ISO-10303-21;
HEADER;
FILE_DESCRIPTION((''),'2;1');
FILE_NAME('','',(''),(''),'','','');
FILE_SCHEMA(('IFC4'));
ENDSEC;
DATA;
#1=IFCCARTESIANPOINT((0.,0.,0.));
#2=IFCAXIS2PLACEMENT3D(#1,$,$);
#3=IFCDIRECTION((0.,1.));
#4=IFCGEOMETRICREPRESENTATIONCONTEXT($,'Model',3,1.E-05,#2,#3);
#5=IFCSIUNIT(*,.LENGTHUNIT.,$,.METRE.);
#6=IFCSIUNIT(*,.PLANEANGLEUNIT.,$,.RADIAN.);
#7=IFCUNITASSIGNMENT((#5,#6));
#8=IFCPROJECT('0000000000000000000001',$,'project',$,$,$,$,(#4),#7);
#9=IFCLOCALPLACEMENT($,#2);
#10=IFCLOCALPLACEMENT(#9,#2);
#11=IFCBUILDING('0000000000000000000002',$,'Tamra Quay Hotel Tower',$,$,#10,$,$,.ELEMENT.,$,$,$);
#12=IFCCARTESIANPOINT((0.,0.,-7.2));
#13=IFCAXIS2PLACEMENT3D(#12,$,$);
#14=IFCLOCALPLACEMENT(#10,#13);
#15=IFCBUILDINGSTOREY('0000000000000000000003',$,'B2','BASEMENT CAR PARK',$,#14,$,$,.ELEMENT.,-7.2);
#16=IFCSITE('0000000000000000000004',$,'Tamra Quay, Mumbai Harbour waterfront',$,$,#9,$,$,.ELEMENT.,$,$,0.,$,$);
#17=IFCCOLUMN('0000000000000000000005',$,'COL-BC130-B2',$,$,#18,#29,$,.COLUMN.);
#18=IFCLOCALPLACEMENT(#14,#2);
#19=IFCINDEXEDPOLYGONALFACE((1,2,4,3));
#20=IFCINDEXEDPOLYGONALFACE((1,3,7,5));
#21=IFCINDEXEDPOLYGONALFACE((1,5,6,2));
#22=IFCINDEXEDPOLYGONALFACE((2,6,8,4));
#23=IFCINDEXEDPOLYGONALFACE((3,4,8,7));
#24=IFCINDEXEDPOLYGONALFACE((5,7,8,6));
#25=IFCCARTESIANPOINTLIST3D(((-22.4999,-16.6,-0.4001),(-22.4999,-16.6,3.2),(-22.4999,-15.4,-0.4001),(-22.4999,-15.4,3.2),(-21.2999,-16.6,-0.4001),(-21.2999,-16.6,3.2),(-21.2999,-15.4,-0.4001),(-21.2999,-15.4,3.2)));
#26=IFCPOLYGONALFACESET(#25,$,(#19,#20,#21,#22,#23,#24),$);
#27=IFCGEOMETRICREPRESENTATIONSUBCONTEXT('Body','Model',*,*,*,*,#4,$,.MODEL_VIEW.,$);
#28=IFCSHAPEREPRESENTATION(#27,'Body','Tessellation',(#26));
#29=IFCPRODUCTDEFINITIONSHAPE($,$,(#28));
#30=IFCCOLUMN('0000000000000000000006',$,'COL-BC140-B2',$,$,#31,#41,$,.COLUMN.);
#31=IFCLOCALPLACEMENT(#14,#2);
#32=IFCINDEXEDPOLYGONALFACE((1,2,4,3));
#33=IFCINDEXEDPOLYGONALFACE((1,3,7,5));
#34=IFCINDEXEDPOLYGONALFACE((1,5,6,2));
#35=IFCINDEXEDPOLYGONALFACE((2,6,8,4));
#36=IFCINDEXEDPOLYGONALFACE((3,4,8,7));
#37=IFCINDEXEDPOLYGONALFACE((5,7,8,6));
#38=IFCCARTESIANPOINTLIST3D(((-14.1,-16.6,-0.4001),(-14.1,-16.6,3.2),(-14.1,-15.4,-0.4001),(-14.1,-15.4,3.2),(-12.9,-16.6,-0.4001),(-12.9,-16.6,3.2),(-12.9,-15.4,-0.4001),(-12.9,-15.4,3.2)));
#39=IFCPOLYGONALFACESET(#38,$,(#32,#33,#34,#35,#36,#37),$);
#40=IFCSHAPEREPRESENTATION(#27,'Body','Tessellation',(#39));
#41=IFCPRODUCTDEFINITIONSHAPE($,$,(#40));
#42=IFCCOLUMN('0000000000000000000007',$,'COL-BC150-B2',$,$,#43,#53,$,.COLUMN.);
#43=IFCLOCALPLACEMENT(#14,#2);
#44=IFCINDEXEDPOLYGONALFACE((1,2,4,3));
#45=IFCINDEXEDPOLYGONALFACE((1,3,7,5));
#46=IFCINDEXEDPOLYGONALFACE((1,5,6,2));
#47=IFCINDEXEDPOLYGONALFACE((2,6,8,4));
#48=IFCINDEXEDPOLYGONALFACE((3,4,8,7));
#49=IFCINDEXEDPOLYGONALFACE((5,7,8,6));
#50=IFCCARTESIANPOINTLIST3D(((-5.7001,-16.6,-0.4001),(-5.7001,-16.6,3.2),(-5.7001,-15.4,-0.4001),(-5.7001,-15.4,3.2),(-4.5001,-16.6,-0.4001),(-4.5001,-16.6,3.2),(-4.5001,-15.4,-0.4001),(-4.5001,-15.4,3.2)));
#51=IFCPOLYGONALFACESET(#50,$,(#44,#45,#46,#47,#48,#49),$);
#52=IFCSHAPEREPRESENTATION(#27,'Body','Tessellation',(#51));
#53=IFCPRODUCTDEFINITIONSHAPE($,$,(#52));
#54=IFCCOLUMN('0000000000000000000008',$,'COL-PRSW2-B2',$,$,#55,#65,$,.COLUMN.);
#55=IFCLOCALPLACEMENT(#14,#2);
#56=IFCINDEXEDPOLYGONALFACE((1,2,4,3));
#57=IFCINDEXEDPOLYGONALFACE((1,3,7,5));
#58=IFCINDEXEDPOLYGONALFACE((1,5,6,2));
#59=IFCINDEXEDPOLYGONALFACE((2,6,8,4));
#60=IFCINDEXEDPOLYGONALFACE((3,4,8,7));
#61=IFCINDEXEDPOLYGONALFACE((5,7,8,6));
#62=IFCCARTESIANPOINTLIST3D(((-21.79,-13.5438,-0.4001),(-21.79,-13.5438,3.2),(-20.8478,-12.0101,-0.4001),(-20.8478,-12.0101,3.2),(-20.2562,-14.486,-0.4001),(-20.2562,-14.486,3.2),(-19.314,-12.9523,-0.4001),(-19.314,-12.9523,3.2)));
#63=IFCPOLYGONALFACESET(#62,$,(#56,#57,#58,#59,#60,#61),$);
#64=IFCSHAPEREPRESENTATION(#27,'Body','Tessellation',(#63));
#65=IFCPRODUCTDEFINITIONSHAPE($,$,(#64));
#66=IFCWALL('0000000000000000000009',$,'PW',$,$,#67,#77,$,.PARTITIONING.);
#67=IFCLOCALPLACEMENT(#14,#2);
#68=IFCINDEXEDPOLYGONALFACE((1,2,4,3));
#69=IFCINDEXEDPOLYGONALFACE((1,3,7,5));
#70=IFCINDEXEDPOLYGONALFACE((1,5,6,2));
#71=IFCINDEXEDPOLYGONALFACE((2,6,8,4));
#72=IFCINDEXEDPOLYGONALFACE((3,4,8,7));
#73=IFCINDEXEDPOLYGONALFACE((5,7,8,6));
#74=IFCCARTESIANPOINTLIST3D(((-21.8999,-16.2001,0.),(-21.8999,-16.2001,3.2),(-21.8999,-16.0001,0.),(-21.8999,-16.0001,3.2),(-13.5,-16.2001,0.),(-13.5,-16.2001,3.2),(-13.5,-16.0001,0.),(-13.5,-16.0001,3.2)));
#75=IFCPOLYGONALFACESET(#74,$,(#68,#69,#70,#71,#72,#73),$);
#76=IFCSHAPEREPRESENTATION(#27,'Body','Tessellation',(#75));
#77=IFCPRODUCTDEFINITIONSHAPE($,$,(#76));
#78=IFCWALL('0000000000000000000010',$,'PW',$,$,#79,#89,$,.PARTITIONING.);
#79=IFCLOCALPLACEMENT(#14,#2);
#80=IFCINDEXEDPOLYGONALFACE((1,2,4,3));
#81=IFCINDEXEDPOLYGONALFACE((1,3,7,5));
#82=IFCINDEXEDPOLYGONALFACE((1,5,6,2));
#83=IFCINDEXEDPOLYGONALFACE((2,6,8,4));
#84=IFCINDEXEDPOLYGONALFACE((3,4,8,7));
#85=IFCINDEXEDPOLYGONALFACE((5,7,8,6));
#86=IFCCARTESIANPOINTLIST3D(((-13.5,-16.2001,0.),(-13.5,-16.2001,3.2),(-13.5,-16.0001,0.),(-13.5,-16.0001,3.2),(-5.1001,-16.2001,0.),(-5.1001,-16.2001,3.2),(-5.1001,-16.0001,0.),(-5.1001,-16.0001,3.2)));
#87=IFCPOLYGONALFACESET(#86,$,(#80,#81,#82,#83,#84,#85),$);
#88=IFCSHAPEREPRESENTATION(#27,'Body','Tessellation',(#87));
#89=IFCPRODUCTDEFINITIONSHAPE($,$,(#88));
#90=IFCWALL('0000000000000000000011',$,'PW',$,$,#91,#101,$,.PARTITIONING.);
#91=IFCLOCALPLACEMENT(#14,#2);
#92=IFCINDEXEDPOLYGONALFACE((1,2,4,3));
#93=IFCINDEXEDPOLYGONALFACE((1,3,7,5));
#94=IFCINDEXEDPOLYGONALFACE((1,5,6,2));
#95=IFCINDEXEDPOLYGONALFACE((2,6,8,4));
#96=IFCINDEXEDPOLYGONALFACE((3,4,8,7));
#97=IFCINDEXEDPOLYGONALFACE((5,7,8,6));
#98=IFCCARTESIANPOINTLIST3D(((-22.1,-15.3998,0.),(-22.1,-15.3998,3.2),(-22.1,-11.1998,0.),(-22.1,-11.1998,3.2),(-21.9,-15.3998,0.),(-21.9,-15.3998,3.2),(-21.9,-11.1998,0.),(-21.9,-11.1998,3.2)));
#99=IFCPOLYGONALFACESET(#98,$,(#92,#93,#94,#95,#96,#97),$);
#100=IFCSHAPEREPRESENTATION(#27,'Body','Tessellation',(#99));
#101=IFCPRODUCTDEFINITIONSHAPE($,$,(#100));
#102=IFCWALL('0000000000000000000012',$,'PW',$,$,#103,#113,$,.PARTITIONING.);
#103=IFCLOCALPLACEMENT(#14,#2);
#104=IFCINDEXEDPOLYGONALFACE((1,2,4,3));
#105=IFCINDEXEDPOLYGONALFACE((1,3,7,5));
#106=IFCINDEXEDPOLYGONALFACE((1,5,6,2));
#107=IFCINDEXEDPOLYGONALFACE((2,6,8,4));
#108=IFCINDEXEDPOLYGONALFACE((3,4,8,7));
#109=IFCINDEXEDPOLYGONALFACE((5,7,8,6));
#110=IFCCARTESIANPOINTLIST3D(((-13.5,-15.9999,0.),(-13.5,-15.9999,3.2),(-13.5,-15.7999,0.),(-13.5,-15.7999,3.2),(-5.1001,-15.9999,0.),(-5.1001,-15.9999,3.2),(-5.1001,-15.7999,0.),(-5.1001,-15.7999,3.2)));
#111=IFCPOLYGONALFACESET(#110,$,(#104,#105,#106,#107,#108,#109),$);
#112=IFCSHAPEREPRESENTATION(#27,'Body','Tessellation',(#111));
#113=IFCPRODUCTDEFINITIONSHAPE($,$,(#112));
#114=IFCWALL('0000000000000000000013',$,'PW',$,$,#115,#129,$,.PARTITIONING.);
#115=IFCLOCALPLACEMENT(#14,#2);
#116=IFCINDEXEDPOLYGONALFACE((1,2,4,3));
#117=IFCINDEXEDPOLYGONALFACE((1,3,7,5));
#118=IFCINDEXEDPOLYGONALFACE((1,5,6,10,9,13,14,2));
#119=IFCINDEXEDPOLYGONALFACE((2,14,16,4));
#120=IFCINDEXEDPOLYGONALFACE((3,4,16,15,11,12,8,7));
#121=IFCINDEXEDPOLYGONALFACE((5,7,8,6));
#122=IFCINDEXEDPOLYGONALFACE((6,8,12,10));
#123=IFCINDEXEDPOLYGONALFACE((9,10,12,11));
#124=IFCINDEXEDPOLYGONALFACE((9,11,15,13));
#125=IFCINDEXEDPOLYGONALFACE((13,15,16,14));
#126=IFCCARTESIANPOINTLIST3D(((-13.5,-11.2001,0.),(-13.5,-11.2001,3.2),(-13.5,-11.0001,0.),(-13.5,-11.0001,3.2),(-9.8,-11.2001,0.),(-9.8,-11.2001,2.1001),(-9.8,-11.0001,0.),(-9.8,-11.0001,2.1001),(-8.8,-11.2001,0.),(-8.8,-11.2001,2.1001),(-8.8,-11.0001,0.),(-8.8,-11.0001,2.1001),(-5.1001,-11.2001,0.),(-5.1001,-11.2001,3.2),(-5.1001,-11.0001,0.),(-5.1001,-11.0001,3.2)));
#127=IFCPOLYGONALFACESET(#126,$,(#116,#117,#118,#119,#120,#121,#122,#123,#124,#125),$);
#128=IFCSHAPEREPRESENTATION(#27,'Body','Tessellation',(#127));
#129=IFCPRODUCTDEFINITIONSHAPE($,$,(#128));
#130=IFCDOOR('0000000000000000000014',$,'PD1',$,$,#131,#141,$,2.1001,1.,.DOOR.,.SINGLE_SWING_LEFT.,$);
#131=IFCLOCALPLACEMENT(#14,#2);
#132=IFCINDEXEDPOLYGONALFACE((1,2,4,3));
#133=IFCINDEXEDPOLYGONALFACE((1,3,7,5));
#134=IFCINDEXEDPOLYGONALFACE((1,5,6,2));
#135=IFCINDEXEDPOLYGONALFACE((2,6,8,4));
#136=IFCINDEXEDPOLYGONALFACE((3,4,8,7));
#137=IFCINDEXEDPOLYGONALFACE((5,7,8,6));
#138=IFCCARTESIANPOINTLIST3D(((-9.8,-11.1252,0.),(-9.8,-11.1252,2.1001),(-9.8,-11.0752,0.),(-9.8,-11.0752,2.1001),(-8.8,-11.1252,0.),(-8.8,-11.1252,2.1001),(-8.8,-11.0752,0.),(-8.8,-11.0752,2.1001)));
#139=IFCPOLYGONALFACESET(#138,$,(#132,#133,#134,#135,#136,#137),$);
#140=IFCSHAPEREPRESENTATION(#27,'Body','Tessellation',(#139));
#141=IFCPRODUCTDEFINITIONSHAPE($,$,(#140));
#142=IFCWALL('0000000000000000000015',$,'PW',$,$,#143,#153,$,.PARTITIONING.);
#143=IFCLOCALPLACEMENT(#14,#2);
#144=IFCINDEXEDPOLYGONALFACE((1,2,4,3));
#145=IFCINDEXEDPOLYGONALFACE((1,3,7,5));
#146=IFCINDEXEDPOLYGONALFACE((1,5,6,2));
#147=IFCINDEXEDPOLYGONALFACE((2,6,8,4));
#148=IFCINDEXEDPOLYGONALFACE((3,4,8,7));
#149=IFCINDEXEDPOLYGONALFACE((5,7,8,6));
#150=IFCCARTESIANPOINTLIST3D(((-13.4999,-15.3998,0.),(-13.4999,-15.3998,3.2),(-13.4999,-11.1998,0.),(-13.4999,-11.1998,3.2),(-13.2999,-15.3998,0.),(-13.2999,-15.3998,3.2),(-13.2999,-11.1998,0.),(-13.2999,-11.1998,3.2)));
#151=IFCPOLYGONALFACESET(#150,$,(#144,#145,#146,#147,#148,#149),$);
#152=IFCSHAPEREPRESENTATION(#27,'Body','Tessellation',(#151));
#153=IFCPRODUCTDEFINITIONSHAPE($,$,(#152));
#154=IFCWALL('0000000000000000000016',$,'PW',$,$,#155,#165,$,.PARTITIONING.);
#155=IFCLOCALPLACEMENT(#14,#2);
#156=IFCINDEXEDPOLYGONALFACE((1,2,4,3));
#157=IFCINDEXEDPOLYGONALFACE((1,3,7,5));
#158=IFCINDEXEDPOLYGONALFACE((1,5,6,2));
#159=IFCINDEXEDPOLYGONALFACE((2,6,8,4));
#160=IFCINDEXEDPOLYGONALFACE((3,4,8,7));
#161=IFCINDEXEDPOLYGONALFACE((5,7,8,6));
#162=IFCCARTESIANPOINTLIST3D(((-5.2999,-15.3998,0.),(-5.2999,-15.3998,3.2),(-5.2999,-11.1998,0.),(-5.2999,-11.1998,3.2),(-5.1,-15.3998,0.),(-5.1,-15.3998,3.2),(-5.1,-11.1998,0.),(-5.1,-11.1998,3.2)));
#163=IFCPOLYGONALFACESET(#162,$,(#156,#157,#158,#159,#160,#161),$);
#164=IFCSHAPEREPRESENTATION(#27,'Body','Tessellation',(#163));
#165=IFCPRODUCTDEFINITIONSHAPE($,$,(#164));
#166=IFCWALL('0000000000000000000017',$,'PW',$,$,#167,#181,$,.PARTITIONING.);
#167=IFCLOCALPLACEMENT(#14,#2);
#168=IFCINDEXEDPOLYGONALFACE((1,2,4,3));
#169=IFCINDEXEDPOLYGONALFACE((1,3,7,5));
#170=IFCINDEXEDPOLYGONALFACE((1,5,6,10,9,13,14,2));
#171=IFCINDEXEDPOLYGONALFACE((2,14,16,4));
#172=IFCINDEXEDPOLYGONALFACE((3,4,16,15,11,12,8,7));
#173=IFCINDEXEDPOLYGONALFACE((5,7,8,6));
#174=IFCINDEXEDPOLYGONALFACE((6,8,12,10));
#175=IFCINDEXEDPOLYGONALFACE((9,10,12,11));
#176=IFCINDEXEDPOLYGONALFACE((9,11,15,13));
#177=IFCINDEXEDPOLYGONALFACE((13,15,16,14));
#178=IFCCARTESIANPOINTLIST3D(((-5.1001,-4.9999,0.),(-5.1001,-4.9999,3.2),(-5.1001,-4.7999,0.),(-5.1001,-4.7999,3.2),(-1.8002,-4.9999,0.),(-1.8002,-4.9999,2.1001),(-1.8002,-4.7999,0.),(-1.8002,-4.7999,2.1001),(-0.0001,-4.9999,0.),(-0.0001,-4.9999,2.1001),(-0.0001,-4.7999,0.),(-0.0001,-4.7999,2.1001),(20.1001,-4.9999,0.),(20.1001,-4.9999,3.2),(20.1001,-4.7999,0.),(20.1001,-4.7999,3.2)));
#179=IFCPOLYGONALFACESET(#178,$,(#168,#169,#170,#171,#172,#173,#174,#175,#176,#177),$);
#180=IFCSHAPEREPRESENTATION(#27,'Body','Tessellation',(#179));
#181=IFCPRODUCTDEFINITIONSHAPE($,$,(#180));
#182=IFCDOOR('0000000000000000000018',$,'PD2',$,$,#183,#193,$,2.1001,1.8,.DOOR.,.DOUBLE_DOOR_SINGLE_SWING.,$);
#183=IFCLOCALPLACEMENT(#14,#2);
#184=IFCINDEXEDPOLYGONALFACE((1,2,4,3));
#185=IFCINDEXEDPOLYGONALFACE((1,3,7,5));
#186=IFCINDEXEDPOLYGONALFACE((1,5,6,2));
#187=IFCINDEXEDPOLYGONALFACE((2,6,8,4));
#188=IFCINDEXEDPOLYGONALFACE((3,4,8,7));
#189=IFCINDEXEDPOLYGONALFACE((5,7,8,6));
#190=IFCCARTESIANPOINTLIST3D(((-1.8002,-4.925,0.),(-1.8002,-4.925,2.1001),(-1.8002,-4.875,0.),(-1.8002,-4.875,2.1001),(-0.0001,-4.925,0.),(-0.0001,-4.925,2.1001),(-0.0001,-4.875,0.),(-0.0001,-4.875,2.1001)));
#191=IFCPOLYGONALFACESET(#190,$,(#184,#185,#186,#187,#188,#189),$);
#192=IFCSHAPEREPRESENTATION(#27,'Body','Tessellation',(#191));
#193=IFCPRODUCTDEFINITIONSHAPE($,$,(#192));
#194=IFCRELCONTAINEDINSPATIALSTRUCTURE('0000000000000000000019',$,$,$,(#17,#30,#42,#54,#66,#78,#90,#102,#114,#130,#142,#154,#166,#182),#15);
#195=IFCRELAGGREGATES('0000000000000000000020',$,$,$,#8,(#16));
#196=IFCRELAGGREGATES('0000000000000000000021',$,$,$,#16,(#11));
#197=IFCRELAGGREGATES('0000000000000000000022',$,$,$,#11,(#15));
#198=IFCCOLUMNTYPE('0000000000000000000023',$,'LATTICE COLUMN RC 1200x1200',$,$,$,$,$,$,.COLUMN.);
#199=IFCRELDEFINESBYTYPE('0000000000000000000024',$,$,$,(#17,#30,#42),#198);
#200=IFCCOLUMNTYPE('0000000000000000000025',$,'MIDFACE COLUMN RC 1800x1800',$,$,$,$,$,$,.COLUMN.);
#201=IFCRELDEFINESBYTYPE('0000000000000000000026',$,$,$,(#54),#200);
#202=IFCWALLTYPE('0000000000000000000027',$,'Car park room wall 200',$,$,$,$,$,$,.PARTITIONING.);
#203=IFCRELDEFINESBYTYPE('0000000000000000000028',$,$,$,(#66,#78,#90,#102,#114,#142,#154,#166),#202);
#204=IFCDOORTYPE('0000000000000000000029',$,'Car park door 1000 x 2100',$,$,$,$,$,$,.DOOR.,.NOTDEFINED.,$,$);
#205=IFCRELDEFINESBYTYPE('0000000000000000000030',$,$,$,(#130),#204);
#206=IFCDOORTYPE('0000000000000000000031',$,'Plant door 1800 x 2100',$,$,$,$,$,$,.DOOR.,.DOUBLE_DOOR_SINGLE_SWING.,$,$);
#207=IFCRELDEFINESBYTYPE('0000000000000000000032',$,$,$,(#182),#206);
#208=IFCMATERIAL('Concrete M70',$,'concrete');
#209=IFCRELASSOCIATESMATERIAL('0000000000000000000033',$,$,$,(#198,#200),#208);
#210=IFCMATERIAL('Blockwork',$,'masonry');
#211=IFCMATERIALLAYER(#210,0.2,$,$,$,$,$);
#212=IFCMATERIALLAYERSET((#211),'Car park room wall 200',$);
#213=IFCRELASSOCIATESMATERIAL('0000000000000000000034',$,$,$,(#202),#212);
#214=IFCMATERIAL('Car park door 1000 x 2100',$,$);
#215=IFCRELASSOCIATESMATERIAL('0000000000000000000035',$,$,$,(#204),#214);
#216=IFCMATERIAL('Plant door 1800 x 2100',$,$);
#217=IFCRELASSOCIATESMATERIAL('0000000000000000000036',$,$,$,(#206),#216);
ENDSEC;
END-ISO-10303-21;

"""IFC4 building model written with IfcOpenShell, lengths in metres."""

from ifc_helpers import new_model, si_unit, direction, frame, frame_2d, origin, origin_2d, place, context, subcontext, project, spatial, rectangle, extrude, material, layer, layer_set, material_profile, profile_set, type_object, element, fill, save


model = new_model("IFC4")

# Units and contexts
model_context = context("Model", 3, precision=1e-05, world=origin(), true_north=direction((0.0, 1.0)))
body_context = subcontext(model_context, "Body", "Model", "MODEL_VIEW")
ifc_project = project(units=[si_unit("LENGTHUNIT", "METRE"), si_unit("PLANEANGLEUNIT", "RADIAN")], contexts=[model_context])

# Site, building, storey
site_placement = place(None, origin())
site = spatial("IfcSite", under=ifc_project, at=site_placement, Name="Tamra Quay, Mumbai Harbour waterfront", CompositionType="ELEMENT", RefElevation=0.0)
building_placement = place(site_placement, origin())
building = spatial("IfcBuilding", under=site, at=building_placement, Name="Tamra Quay Hotel Tower", CompositionType="ELEMENT")
storey_placement = place(building_placement, frame((0.0, 0.0, -7.2)))
storey = spatial("IfcBuildingStorey", under=building, at=storey_placement, Name="B2", Description="BASEMENT CAR PARK", CompositionType="ELEMENT", Elevation=-7.2)

# Columns
ifc_material_1 = material(Name="Concrete M70", Category="concrete")
ifc_material_profile_1 = material_profile(ifc_material_1, rectangle(XDim=1.2, YDim=1.2, at=origin_2d()), Name="LATTICE COLUMN RC 1200x1200")
ifc_profile_set_1 = profile_set([ifc_material_profile_1], Name="Concrete M70")
column_type_1 = type_object("IfcColumnType", Name="LATTICE COLUMN RC 1200x1200", PredefinedType="COLUMN", material=ifc_profile_set_1)
for number, where, z_axis, x_axis, name in (
    (1, (-21.8999, -16.0, -0.4001), (0.0, 0.0, 1.0), (1.0, 0.0, 0.0), "COL-BC130-B2"),
    (2, (-13.5, -16.0, -0.4001), (0.0, 0.0, 1.0), (1.0, 0.0, 0.0), "COL-BC140-B2"),
    (3, (-5.1001, -16.0, -0.4001), (0.0, 0.0, 1.0), (1.0, 0.0, 0.0), "COL-BC150-B2"),
):
    element("IfcColumn", number, at=place(storey_placement, frame(where, z_axis=z_axis, x_axis=x_axis)), inside=storey, type_object=column_type_1, Name=name, PredefinedType="COLUMN", context=body_context, shape_type="SweptSolid", body=[
        extrude(rectangle(XDim=1.2, YDim=1.2, at=origin_2d()), origin(), (0.0, 0.0, 1.0), 3.6001),
    ])
ifc_material_profile_2 = material_profile(ifc_material_1, rectangle(XDim=1.8, YDim=1.8, at=origin_2d()), Name="MIDFACE COLUMN RC 1800x1800")
ifc_profile_set_2 = profile_set([ifc_material_profile_2], Name="Concrete M70")
column_type_2 = type_object("IfcColumnType", Name="MIDFACE COLUMN RC 1800x1800", PredefinedType="COLUMN", material=ifc_profile_set_2)
column_placement = place(storey_placement, frame((-20.552, -13.248, -0.4001), z_axis=(0.0, 0.0, 1.0), x_axis=(0.52343, 0.852069, 0.0)))
element("IfcColumn", 4, at=column_placement, inside=storey, type_object=column_type_2, Name="COL-PRSW2-B2", PredefinedType="COLUMN", context=body_context, shape_type="SweptSolid", body=[
    extrude(rectangle(XDim=1.8, YDim=1.8, at=origin_2d()), origin(), (0.0, 0.0, 1.0), 3.6001),
])

# Walls
ifc_material_2 = material(Name="Blockwork", Category="masonry")
ifc_layer_1 = layer(ifc_material_2, 0.2)
ifc_layer_set_1 = layer_set([ifc_layer_1], Name="Car park room wall 200")
wall_type_1 = type_object("IfcWallType", Name="Car park room wall 200", PredefinedType="PARTITIONING", material=ifc_layer_set_1)
for number, where, z_axis, x_axis, name in (
    (5, (-21.8999, -16.1001, 0.0), (0.0, 0.0, 1.0), (1.0, 0.0, 0.0), "PW"),
    (6, (-13.5, -16.1001, 0.0), (0.0, 0.0, 1.0), (1.0, 0.0, 0.0), "PW"),
):
    element("IfcWall", number, at=place(storey_placement, frame(where, z_axis=z_axis, x_axis=x_axis)), inside=storey, type_object=wall_type_1, Name=name, PredefinedType="PARTITIONING", context=body_context, shape_type="SweptSolid", body=[
        extrude(rectangle(XDim=8.3999, YDim=0.2, at=frame_2d((4.2, 0.0))), origin(), (0.0, 0.0, 1.0), 3.2),
    ])
wall_1_placement = place(storey_placement, frame((-22.0, -15.3999, 0.0), z_axis=(0.0, 0.0, 1.0), x_axis=(0.0, 1.0, 0.0)))
element("IfcWall", 7, at=wall_1_placement, inside=storey, type_object=wall_type_1, Name="PW", PredefinedType="PARTITIONING", context=body_context, shape_type="SweptSolid", body=[
    extrude(rectangle(XDim=4.2, YDim=0.2, at=frame_2d((2.1001, 0.0))), origin(), (0.0, 0.0, 1.0), 3.2),
])
wall_2_placement = place(storey_placement, frame((-13.5, -15.8999, 0.0), z_axis=(0.0, 0.0, 1.0), x_axis=(1.0, 0.0, 0.0)))
element("IfcWall", 8, at=wall_2_placement, inside=storey, type_object=wall_type_1, Name="PW", PredefinedType="PARTITIONING", context=body_context, shape_type="SweptSolid", body=[
    extrude(rectangle(XDim=8.3999, YDim=0.2, at=frame_2d((4.2, 0.0))), origin(), (0.0, 0.0, 1.0), 3.2),
])

# Wall, opening, door
wall_3_placement = place(storey_placement, frame((-13.5, -11.1001, 0.0), z_axis=(0.0, 0.0, 1.0), x_axis=(1.0, 0.0, 0.0)))
wall_3 = element("IfcWall", 9, at=wall_3_placement, inside=storey, type_object=wall_type_1, Name="PW", PredefinedType="PARTITIONING", context=body_context, shape_type="SweptSolid", body=[
    extrude(rectangle(XDim=8.3999, YDim=0.2, at=frame_2d((4.2, 0.0))), origin(), (0.0, 0.0, 1.0), 3.2),
])
opening_1_placement = place(wall_3_placement, frame((3.7, 0.0, 0.0)))
opening_1 = element("IfcOpeningElement", 10, at=opening_1_placement, cuts=wall_3, PredefinedType="OPENING", context=body_context, shape_type="SweptSolid", body=[
    extrude(rectangle(XDim=1.0, YDim=2.1001, at=frame_2d((0.5, 1.05))), frame((0.0, 0.1099, 0.0), z_axis=(0.0, -1.0, 0.0), x_axis=(1.0, 0.0, 0.0)), (0.0, 0.0, 1.0), 0.22),
])
ifc_material_3 = material(Name="Car park door 1000 x 2100")
door_type_1 = type_object("IfcDoorType", Name="Car park door 1000 x 2100", OperationType="NOTDEFINED", PredefinedType="DOOR", material=ifc_material_3)
door_1_placement = place(opening_1_placement, origin())
door_1 = element("IfcDoor", 11, at=door_1_placement, inside=storey, type_object=door_type_1, Name="PD1", OperationType="SINGLE_SWING_LEFT", OverallHeight=2.1001, OverallWidth=1.0, PredefinedType="DOOR", context=body_context, shape_type="SweptSolid", body=[
    extrude(rectangle(XDim=1.0, YDim=2.1001, at=frame_2d((0.5, 1.05))), frame((0.0, 0.0249, 0.0), z_axis=(0.0, -1.0, 0.0), x_axis=(1.0, 0.0, 0.0)), (0.0, 0.0, 1.0), 0.05),
])
fill(opening_1, door_1)

# Walls
for number, where, z_axis, x_axis, name in (
    (12, (-13.3999, -15.3999, 0.0), (0.0, 0.0, 1.0), (0.0, 1.0, 0.0), "PW"),
    (13, (-5.2, -15.3999, 0.0), (0.0, 0.0, 1.0), (0.0, 1.0, 0.0), "PW"),
):
    element("IfcWall", number, at=place(storey_placement, frame(where, z_axis=z_axis, x_axis=x_axis)), inside=storey, type_object=wall_type_1, Name=name, PredefinedType="PARTITIONING", context=body_context, shape_type="SweptSolid", body=[
        extrude(rectangle(XDim=4.2, YDim=0.2, at=frame_2d((2.1001, 0.0))), origin(), (0.0, 0.0, 1.0), 3.2),
    ])

# Wall, opening, door
wall_4_placement = place(storey_placement, frame((-5.1001, -4.8999, 0.0), z_axis=(0.0, 0.0, 1.0), x_axis=(1.0, 0.0, 0.0)))
wall_4 = element("IfcWall", 14, at=wall_4_placement, inside=storey, type_object=wall_type_1, Name="PW", PredefinedType="PARTITIONING", context=body_context, shape_type="SweptSolid", body=[
    extrude(rectangle(XDim=25.2002, YDim=0.2, at=frame_2d((12.6001, 0.0))), origin(), (0.0, 0.0, 1.0), 3.2),
])
opening_2_placement = place(wall_4_placement, frame((3.3, 0.0, 0.0)))
opening_2 = element("IfcOpeningElement", 15, at=opening_2_placement, cuts=wall_4, PredefinedType="OPENING", context=body_context, shape_type="SweptSolid", body=[
    extrude(rectangle(XDim=1.8, YDim=2.1001, at=frame_2d((0.8999, 1.05))), frame((0.0, 0.1099, 0.0), z_axis=(0.0, -1.0, 0.0), x_axis=(1.0, 0.0, 0.0)), (0.0, 0.0, 1.0), 0.22),
])
ifc_material_4 = material(Name="Plant door 1800 x 2100")
door_type_2 = type_object("IfcDoorType", Name="Plant door 1800 x 2100", OperationType="DOUBLE_DOOR_SINGLE_SWING", PredefinedType="DOOR", material=ifc_material_4)
door_2_placement = place(opening_2_placement, origin())
door_2 = element("IfcDoor", 16, at=door_2_placement, inside=storey, type_object=door_type_2, Name="PD2", OperationType="DOUBLE_DOOR_SINGLE_SWING", OverallHeight=2.1001, OverallWidth=1.8, PredefinedType="DOOR", context=body_context, shape_type="SweptSolid", body=[
    extrude(rectangle(XDim=1.8, YDim=2.1001, at=frame_2d((0.8999, 1.05))), frame((0.0, 0.0249, 0.0), z_axis=(0.0, -1.0, 0.0), x_axis=(1.0, 0.0, 0.0)), (0.0, 0.0, 1.0), 0.05),
])
fill(opening_2, door_2)

save(model, "model.ifc")
